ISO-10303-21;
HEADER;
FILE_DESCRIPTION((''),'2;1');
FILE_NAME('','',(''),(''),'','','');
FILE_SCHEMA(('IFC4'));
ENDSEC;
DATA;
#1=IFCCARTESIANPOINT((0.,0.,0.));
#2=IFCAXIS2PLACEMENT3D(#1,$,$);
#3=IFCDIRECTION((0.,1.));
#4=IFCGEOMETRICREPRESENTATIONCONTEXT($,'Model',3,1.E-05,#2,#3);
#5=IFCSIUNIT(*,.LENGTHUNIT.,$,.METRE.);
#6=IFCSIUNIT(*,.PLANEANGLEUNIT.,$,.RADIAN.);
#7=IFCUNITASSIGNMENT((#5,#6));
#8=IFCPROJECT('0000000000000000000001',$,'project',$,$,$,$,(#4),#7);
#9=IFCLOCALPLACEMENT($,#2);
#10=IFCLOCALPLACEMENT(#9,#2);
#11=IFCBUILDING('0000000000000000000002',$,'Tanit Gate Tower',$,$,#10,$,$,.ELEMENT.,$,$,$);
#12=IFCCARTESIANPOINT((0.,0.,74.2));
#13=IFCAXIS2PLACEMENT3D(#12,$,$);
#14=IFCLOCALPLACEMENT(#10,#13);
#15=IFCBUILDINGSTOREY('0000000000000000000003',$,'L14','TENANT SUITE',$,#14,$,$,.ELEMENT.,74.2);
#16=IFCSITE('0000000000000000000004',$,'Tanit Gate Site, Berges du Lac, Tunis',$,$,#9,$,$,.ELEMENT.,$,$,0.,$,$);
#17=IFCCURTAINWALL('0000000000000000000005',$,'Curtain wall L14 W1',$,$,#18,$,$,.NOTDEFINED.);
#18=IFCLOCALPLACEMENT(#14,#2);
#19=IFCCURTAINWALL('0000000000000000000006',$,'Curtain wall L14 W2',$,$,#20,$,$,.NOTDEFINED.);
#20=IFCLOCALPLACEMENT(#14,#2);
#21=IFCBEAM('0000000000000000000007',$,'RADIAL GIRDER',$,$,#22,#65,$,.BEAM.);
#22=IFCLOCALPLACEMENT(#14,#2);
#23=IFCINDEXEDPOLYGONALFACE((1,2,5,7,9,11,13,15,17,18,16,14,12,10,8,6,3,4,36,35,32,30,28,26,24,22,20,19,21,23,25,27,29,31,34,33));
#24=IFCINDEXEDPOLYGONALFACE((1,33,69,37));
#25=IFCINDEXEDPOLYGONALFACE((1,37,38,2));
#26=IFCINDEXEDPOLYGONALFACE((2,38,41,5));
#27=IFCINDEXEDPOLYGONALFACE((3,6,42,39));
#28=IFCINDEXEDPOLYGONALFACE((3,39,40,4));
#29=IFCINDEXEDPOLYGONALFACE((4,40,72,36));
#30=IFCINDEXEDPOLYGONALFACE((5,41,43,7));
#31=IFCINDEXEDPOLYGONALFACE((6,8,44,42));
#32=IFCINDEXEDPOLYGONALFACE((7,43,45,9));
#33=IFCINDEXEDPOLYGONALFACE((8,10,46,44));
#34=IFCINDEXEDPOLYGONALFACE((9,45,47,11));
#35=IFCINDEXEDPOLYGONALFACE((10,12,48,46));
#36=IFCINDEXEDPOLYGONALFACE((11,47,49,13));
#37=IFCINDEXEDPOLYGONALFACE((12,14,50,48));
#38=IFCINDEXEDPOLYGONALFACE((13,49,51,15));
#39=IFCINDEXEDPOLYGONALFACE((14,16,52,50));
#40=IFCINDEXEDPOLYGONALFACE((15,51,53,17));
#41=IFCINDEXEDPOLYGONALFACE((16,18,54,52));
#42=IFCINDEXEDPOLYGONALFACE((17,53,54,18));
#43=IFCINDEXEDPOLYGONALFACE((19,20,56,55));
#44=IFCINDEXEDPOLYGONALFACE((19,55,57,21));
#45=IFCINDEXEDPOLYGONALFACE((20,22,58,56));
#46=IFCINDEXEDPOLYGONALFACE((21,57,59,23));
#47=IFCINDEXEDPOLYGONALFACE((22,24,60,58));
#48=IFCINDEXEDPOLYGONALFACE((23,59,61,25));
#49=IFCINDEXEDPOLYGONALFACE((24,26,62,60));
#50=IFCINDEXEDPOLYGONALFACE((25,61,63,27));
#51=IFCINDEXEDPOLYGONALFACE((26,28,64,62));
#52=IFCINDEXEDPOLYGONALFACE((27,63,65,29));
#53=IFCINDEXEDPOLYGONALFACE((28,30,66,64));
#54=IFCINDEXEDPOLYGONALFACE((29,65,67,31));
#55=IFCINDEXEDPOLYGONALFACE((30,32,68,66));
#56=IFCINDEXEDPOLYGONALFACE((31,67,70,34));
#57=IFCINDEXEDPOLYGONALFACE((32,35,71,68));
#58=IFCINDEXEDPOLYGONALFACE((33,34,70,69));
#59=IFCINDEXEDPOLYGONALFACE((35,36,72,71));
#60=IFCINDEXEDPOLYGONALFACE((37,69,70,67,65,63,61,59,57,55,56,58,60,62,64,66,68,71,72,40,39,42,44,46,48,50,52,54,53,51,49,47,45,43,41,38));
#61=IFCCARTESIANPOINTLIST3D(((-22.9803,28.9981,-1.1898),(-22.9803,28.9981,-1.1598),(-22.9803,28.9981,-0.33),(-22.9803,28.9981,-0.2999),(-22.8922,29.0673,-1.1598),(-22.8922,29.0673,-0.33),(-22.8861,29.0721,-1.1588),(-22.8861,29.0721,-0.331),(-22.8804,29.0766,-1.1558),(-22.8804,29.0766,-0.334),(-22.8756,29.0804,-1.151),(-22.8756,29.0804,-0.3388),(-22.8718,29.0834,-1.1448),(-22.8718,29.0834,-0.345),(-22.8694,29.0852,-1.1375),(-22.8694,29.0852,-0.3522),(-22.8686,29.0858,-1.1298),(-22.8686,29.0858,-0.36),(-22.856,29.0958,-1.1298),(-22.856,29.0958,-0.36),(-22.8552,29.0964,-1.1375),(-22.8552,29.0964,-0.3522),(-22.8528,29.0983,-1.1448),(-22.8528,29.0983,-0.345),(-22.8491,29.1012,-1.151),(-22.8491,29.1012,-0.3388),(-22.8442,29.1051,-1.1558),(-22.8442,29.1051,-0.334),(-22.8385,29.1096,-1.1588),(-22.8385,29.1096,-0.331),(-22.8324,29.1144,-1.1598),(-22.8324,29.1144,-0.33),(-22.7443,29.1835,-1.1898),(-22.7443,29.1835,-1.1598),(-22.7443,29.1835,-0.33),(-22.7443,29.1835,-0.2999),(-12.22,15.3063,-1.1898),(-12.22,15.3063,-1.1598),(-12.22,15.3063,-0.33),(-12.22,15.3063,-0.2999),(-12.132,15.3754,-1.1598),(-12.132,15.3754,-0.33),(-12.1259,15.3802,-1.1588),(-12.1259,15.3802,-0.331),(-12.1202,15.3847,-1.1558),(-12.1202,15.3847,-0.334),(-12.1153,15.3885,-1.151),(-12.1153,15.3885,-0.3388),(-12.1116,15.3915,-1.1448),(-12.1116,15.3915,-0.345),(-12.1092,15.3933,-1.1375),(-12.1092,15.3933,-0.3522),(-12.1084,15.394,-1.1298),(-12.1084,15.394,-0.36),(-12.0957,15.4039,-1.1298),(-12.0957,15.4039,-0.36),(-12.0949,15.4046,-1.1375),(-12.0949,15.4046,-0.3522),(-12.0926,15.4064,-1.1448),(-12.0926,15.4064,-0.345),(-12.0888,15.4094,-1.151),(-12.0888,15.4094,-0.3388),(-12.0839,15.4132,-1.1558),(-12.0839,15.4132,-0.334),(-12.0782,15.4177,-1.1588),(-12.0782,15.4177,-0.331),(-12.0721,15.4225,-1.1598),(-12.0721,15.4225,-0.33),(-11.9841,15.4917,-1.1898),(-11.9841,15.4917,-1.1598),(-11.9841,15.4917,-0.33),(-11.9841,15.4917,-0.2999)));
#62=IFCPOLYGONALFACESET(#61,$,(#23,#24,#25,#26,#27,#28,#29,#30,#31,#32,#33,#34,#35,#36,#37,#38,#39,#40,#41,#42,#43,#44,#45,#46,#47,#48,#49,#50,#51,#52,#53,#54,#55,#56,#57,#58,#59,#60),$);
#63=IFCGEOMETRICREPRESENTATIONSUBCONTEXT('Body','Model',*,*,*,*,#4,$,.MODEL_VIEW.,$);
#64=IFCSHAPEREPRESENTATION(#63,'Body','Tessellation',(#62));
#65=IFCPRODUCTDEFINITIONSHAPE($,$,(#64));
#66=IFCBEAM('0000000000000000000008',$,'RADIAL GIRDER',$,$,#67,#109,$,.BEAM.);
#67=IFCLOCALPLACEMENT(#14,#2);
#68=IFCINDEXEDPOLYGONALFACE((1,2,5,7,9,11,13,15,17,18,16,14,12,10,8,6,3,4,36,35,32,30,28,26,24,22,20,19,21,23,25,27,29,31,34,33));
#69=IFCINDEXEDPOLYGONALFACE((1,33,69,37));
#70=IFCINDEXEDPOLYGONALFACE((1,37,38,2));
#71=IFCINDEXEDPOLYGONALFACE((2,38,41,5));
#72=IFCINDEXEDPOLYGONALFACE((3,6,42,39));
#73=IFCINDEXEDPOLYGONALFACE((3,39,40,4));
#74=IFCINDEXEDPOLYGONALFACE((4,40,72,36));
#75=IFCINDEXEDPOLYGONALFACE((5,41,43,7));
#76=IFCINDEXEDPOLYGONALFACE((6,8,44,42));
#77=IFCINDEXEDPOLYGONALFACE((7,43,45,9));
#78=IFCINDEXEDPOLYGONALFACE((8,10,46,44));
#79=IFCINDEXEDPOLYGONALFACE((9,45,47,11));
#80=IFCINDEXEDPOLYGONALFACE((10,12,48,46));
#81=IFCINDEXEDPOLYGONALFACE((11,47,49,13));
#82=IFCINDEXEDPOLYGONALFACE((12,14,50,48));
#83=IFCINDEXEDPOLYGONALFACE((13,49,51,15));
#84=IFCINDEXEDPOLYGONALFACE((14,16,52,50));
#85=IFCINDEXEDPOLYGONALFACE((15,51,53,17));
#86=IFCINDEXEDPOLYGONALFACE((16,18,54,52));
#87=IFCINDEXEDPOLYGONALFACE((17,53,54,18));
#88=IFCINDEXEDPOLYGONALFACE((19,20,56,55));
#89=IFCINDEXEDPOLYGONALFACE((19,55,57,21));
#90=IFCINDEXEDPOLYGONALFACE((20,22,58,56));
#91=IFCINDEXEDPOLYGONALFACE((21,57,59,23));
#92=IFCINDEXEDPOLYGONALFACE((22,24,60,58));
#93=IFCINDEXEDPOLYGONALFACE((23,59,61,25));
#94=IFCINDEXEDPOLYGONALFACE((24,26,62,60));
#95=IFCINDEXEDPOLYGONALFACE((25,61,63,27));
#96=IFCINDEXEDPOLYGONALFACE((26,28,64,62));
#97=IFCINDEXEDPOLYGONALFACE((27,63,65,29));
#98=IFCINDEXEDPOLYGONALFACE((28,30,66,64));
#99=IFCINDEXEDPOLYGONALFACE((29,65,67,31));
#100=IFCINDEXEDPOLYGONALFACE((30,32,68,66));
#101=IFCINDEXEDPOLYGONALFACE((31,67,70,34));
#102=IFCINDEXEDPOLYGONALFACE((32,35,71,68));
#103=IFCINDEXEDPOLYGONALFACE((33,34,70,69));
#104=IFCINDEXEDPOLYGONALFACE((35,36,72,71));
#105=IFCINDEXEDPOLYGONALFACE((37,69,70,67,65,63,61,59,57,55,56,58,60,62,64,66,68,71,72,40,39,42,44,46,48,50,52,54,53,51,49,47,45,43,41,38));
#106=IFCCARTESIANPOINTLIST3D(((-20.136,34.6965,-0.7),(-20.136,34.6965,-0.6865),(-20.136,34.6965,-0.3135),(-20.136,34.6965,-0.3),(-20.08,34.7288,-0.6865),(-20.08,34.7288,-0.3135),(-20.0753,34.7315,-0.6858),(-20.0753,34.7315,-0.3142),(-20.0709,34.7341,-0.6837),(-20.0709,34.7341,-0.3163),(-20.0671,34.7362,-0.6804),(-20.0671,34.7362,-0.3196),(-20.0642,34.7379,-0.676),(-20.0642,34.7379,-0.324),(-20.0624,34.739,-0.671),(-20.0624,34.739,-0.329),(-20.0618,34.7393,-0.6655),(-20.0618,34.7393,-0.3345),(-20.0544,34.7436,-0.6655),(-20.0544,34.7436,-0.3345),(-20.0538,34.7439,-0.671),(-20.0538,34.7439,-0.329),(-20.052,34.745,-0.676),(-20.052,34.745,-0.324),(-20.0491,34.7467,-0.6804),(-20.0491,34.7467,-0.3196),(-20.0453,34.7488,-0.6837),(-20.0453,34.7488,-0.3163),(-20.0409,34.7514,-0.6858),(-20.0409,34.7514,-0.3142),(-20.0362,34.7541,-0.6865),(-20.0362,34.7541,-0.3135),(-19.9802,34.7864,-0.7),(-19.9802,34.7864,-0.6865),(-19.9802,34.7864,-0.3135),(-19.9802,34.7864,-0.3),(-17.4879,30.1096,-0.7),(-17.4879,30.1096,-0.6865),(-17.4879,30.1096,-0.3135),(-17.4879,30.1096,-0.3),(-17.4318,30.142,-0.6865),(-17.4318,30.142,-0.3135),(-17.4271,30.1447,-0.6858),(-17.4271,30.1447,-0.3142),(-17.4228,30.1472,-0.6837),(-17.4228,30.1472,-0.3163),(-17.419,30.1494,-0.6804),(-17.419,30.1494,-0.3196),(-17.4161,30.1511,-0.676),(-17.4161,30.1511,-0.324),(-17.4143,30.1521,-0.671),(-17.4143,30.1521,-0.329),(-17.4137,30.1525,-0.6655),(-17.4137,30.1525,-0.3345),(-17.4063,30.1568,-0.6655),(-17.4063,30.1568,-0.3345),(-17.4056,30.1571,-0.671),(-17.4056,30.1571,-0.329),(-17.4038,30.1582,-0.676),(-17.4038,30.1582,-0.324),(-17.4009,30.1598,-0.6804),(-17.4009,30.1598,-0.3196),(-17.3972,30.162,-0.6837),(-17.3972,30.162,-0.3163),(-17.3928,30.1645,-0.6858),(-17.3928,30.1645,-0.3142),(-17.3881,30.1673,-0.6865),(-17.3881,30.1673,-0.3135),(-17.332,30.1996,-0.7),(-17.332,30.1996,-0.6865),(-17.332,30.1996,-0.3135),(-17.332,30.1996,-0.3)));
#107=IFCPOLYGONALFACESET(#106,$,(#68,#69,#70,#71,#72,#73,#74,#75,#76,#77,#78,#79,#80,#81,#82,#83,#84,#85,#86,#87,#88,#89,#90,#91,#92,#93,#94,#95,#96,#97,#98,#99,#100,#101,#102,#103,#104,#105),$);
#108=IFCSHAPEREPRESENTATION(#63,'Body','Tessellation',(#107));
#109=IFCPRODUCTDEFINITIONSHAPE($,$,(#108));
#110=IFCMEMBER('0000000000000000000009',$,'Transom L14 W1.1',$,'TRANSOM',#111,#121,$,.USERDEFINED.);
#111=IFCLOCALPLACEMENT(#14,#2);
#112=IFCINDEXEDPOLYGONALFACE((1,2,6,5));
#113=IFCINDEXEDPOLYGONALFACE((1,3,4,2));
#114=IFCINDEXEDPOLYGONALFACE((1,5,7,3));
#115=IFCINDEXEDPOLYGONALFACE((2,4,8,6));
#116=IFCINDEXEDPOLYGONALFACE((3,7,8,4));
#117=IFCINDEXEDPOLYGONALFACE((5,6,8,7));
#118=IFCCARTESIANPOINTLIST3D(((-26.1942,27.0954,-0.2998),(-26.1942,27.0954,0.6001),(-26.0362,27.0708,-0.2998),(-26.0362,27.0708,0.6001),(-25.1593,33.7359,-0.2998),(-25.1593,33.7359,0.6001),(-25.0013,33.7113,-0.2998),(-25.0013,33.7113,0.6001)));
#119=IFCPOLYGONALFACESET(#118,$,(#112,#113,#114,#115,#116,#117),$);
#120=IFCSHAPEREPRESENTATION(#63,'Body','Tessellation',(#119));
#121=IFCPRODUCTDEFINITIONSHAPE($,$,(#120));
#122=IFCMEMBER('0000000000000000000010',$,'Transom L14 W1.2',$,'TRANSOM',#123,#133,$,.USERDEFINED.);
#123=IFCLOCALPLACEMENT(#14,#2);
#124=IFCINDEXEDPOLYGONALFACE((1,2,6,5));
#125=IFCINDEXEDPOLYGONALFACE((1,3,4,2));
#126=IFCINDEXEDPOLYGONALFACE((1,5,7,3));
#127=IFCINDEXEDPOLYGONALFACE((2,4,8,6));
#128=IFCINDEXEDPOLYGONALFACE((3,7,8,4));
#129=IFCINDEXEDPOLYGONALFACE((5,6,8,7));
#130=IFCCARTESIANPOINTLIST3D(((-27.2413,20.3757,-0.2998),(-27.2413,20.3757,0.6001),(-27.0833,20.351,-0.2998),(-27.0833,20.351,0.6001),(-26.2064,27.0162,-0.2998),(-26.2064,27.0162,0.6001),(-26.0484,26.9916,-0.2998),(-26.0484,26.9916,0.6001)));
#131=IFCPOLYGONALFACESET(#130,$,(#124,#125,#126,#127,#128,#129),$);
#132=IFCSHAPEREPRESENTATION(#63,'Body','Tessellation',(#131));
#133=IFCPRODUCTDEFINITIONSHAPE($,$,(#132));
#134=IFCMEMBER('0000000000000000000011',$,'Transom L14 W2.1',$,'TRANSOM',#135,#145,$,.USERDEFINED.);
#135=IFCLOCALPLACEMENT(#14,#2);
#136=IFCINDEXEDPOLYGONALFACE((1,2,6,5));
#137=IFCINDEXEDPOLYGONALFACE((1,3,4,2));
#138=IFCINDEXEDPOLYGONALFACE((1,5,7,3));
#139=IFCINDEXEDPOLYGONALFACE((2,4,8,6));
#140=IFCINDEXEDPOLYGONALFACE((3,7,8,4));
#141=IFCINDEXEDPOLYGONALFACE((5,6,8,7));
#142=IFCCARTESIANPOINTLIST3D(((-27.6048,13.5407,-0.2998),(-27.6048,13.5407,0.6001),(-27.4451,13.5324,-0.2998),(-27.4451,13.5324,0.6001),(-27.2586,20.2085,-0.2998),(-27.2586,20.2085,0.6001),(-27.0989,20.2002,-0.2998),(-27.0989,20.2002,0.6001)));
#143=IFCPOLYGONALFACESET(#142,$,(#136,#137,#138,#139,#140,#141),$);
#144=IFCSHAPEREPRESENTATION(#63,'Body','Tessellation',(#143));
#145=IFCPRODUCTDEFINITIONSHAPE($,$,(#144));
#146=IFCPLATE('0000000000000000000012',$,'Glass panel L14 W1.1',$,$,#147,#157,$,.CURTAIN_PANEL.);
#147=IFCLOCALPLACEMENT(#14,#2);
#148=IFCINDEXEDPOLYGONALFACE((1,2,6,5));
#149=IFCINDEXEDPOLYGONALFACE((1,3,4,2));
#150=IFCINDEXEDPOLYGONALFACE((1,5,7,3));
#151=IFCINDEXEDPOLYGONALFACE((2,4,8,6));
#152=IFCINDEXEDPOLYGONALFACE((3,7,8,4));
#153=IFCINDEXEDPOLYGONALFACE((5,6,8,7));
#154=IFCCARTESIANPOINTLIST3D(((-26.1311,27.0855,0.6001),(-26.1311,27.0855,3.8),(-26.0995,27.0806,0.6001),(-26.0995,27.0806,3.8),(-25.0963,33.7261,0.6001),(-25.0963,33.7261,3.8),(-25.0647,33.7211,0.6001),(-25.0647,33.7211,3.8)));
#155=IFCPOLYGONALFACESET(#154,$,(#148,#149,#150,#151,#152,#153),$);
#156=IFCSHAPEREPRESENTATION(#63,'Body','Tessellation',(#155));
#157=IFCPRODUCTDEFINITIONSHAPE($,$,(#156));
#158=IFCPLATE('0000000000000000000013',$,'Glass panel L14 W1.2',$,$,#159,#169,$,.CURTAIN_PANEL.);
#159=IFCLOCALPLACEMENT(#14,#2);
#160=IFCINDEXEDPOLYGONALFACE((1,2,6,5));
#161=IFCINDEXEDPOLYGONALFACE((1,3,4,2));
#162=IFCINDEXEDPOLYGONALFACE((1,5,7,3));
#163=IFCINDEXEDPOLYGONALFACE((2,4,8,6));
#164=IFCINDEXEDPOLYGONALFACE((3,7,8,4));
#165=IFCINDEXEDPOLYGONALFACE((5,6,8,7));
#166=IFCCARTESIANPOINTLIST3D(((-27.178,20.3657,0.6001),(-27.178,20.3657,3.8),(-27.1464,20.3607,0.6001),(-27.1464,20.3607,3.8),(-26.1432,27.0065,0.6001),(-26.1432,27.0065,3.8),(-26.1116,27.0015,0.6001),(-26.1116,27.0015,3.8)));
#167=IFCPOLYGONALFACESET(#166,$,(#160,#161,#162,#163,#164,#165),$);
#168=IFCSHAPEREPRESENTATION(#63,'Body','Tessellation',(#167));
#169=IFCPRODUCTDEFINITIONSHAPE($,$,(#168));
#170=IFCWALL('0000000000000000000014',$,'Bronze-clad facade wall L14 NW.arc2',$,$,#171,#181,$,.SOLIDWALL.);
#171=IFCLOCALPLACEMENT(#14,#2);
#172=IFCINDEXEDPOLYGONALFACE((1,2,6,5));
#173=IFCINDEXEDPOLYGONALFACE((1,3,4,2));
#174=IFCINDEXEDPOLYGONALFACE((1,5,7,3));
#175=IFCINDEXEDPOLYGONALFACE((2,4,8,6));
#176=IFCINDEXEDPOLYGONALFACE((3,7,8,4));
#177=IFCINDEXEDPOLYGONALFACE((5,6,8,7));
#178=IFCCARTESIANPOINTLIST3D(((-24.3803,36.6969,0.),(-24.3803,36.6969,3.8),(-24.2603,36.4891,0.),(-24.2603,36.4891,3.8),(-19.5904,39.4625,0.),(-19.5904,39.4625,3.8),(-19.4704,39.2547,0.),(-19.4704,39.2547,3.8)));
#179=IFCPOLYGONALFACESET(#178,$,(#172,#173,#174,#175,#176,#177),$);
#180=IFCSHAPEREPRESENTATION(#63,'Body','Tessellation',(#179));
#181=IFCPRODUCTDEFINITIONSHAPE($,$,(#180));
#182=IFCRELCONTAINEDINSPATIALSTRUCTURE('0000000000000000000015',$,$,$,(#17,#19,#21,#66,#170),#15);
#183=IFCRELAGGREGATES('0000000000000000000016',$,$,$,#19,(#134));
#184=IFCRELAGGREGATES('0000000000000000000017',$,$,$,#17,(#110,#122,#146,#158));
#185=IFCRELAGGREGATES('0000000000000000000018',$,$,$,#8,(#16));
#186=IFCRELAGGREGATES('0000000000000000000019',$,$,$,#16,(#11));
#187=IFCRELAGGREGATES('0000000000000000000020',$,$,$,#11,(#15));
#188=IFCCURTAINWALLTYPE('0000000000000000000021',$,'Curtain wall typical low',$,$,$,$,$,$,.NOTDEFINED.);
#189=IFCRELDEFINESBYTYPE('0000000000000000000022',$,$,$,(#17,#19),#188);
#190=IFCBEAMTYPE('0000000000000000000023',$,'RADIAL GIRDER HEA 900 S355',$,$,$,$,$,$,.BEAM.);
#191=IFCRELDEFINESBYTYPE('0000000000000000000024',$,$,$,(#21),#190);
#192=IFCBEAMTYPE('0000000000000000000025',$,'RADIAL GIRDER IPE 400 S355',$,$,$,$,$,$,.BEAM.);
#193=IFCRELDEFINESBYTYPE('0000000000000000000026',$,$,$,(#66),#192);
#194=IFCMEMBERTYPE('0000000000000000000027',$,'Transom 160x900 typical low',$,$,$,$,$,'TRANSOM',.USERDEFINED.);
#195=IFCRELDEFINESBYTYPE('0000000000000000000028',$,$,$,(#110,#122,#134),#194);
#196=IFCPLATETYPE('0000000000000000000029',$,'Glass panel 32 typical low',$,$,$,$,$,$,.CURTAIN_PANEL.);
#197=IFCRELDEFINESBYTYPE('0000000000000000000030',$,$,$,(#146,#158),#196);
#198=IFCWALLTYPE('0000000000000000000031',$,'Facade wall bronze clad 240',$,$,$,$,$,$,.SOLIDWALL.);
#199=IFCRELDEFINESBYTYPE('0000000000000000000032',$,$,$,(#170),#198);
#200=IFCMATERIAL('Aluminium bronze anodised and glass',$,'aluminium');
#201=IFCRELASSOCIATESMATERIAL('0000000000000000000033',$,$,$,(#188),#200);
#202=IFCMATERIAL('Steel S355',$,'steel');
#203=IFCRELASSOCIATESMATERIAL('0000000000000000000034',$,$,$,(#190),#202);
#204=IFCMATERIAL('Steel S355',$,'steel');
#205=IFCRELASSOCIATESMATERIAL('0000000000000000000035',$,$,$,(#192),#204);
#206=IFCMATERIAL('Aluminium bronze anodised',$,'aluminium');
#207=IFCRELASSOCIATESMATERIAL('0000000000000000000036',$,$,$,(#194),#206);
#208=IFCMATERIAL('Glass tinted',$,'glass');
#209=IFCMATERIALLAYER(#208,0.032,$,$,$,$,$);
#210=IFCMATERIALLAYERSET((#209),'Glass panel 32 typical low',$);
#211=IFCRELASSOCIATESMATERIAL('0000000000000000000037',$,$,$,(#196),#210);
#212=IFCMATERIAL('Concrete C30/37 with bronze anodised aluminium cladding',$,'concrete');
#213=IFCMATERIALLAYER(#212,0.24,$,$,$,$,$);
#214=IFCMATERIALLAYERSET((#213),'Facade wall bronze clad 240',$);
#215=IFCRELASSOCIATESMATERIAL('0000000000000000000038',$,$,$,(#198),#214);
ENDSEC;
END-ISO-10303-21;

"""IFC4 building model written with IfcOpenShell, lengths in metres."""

from ifc_helpers import new_model, si_unit, direction, frame, frame_2d, origin, origin_2d, place, context, subcontext, project, spatial, rectangle, i_section, extrude, material, layer, layer_set, material_profile, profile_set, type_object, element, aggregate, save


model = new_model("IFC4")

# Units and contexts
model_context = context("Model", 3, precision=1e-05, world=origin(), true_north=direction((0.0, 1.0)))
body_context = subcontext(model_context, "Body", "Model", "MODEL_VIEW")
ifc_project = project(units=[si_unit("LENGTHUNIT", "METRE"), si_unit("PLANEANGLEUNIT", "RADIAN")], contexts=[model_context])

# Site, building, storey
site_placement = place(None, origin())
site = spatial("IfcSite", under=ifc_project, at=site_placement, Name="Tanit Gate Site, Berges du Lac, Tunis", CompositionType="ELEMENT", RefElevation=0.0)
building_placement = place(site_placement, origin())
building = spatial("IfcBuilding", under=site, at=building_placement, Name="Tanit Gate Tower", CompositionType="ELEMENT")
storey_placement = place(building_placement, frame((0.0, 0.0, 74.2)))
storey = spatial("IfcBuildingStorey", under=building, at=storey_placement, Name="L14", Description="TENANT SUITE", CompositionType="ELEMENT", Elevation=74.2)

# Curtain walls
ifc_material_1 = material(Name="Aluminium bronze anodised and glass", Category="aluminium")
curtain_wall_type = type_object("IfcCurtainWallType", Name="Curtain wall typical low", PredefinedType="NOTDEFINED", material=ifc_material_1)
curtain_wall_1_placement = place(storey_placement, origin())
curtain_wall_1 = element("IfcCurtainWall", 1, at=curtain_wall_1_placement, inside=storey, type_object=curtain_wall_type, Name="Curtain wall L14 W1", PredefinedType="NOTDEFINED")
curtain_wall_2_placement = place(storey_placement, origin())
curtain_wall_2 = element("IfcCurtainWall", 2, at=curtain_wall_2_placement, inside=storey, type_object=curtain_wall_type, Name="Curtain wall L14 W2", PredefinedType="NOTDEFINED")

# Beams
ifc_material_2 = material(Name="Steel S355", Category="steel")
ifc_material_profile_1 = material_profile(ifc_material_2, i_section(OverallWidth=0.3, OverallDepth=0.8899, WebThickness=0.0161, FlangeThickness=0.03, FilletRadius=0.03, at=origin_2d()), Name="HEA 900")
ifc_profile_set_1 = profile_set([ifc_material_profile_1], Name="Steel S355")
beam_type_1 = type_object("IfcBeamType", Name="RADIAL GIRDER HEA 900 S355", PredefinedType="BEAM", material=ifc_profile_set_1)
beam_1_placement = place(storey_placement, frame((-22.8623, 29.0908, -0.7449), z_axis=(0.617905, -0.786253, 0.0), x_axis=(0.786253, 0.617905, 0.0)))
element("IfcBeam", 3, at=beam_1_placement, inside=storey, type_object=beam_type_1, Name="RADIAL GIRDER", PredefinedType="BEAM", context=body_context, shape_type="SweptSolid", body=[
    extrude(i_section(OverallWidth=0.3, OverallDepth=0.8899, WebThickness=0.0161, FlangeThickness=0.03, FilletRadius=0.03, at=origin_2d()), origin(), (0.0, 0.0, 1.0), 17.4141),
])
ifc_material_3 = material(Name="Steel S355", Category="steel")
ifc_material_profile_2 = material_profile(ifc_material_3, i_section(OverallWidth=0.1799, OverallDepth=0.3999, WebThickness=0.0085, FlangeThickness=0.0134, FilletRadius=0.021, at=origin_2d()), Name="IPE 400")
ifc_profile_set_2 = profile_set([ifc_material_profile_2], Name="Steel S355")
beam_type_2 = type_object("IfcBeamType", Name="RADIAL GIRDER IPE 400 S355", PredefinedType="BEAM", material=ifc_profile_set_2)
beam_2_placement = place(storey_placement, frame((-20.0581, 34.7415, -0.5), z_axis=(0.499991, -0.866031, 0.0), x_axis=(0.866031, 0.499991, 0.0)))
element("IfcBeam", 4, at=beam_2_placement, inside=storey, type_object=beam_type_2, Name="RADIAL GIRDER", PredefinedType="BEAM", context=body_context, shape_type="SweptSolid", body=[
    extrude(i_section(OverallWidth=0.1799, OverallDepth=0.3999, WebThickness=0.0085, FlangeThickness=0.0134, FilletRadius=0.021, at=origin_2d()), origin(), (0.0, 0.0, 1.0), 5.2964),
])

# Members
ifc_material_4 = material(Name="Aluminium bronze anodised", Category="aluminium")
ifc_material_profile_3 = material_profile(ifc_material_4, rectangle(XDim=0.1599, YDim=0.8999, at=origin_2d()), Name="160x900 bronze transom")
ifc_profile_set_3 = profile_set([ifc_material_profile_3], Name="Aluminium bronze anodised")
member_type_1 = type_object("IfcMemberType", Name="Transom 160x900 typical low", ElementType="TRANSOM", PredefinedType="USERDEFINED", material=ifc_profile_set_3)
member_1_placement = place(storey_placement, frame((-25.0803, 33.7236, 0.1501), z_axis=(-0.153987, -0.988073, 0.0), x_axis=(0.988073, -0.153987, 0.0)))
member_1 = element("IfcMember", 5, at=member_1_placement, type_object=member_type_1, Name="Transom L14 W1.1", ObjectType="TRANSOM", PredefinedType="USERDEFINED", context=body_context, shape_type="SweptSolid", body=[
    extrude(rectangle(XDim=0.1599, YDim=0.8999, at=origin_2d()), origin(), (0.0, 0.0, 1.0), 6.7207),
])
member_2_placement = place(storey_placement, frame((-26.1274, 27.0039, 0.1501), z_axis=(-0.153987, -0.988073, 0.0), x_axis=(0.988073, -0.153987, 0.0)))
member_2 = element("IfcMember", 6, at=member_2_placement, type_object=member_type_1, Name="Transom L14 W1.2", ObjectType="TRANSOM", PredefinedType="USERDEFINED", context=body_context, shape_type="SweptSolid", body=[
    extrude(rectangle(XDim=0.1599, YDim=0.8999, at=origin_2d()), origin(), (0.0, 0.0, 1.0), 6.7207),
])
member_3_placement = place(storey_placement, frame((-27.1787, 20.2043, 0.1501), z_axis=(-0.051851, -0.998655, 0.0), x_axis=(0.998655, -0.051851, 0.0)))
member_3 = element("IfcMember", 7, at=member_3_placement, type_object=member_type_1, Name="Transom L14 W2.1", ObjectType="TRANSOM", PredefinedType="USERDEFINED", context=body_context, shape_type="SweptSolid", body=[
    extrude(rectangle(XDim=0.1599, YDim=0.8999, at=origin_2d()), origin(), (0.0, 0.0, 1.0), 6.6768),
])
aggregate(curtain_wall_2, [member_3])

# Plates
ifc_material_5 = material(Name="Glass tinted", Category="glass")
ifc_layer_1 = layer(ifc_material_5, 0.032)
ifc_layer_set_1 = layer_set([ifc_layer_1], Name="Glass panel 32 typical low")
plate_type = type_object("IfcPlateType", Name="Glass panel 32 typical low", PredefinedType="CURTAIN_PANEL", material=ifc_layer_set_1)
plate_1_placement = place(storey_placement, frame((-25.5979, 30.4033, 0.6001), z_axis=(0.0, 0.0, 1.0), x_axis=(-0.153962, -0.988077, 0.0)))
plate_1 = element("IfcPlate", 8, at=plate_1_placement, type_object=plate_type, Name="Glass panel L14 W1.1", PredefinedType="CURTAIN_PANEL", context=body_context, shape_type="SweptSolid", body=[
    extrude(rectangle(XDim=6.7207, YDim=0.032, at=origin_2d()), origin(), (0.0, 0.0, 1.0), 3.2),
])
plate_2_placement = place(storey_placement, frame((-26.6448, 23.6836, 0.6001), z_axis=(0.0, 0.0, 1.0), x_axis=(-0.153962, -0.988077, 0.0)))
plate_2 = element("IfcPlate", 9, at=plate_2_placement, type_object=plate_type, Name="Glass panel L14 W1.2", PredefinedType="CURTAIN_PANEL", context=body_context, shape_type="SweptSolid", body=[
    extrude(rectangle(XDim=6.7209, YDim=0.032, at=origin_2d()), origin(), (0.0, 0.0, 1.0), 3.2),
])
aggregate(curtain_wall_1, [member_1, member_2, plate_1, plate_2])

# Wall
ifc_material_6 = material(Name="Concrete C30/37 with bronze anodised aluminium cladding", Category="concrete")
ifc_layer_2 = layer(ifc_material_6, 0.24)
ifc_layer_set_2 = layer_set([ifc_layer_2], Name="Facade wall bronze clad 240")
wall_type_1 = type_object("IfcWallType", Name="Facade wall bronze clad 240", PredefinedType="SOLIDWALL", material=ifc_layer_set_2)
wall_1_placement = place(storey_placement, frame((-19.5303, 39.3586, 0.0), z_axis=(0.0, 0.0, 1.0), x_axis=(-0.866018, -0.500013, 0.0)))
element("IfcWall", 10, at=wall_1_placement, inside=storey, type_object=wall_type_1, Name="Bronze-clad facade wall L14 NW.arc2", PredefinedType="SOLIDWALL", context=body_context, shape_type="SweptSolid", body=[
    extrude(rectangle(XDim=5.531, YDim=0.24, at=frame_2d((2.7656, 0.0))), origin(), (0.0, 0.0, 1.0), 3.8),
])

save(model, "model.ifc")
